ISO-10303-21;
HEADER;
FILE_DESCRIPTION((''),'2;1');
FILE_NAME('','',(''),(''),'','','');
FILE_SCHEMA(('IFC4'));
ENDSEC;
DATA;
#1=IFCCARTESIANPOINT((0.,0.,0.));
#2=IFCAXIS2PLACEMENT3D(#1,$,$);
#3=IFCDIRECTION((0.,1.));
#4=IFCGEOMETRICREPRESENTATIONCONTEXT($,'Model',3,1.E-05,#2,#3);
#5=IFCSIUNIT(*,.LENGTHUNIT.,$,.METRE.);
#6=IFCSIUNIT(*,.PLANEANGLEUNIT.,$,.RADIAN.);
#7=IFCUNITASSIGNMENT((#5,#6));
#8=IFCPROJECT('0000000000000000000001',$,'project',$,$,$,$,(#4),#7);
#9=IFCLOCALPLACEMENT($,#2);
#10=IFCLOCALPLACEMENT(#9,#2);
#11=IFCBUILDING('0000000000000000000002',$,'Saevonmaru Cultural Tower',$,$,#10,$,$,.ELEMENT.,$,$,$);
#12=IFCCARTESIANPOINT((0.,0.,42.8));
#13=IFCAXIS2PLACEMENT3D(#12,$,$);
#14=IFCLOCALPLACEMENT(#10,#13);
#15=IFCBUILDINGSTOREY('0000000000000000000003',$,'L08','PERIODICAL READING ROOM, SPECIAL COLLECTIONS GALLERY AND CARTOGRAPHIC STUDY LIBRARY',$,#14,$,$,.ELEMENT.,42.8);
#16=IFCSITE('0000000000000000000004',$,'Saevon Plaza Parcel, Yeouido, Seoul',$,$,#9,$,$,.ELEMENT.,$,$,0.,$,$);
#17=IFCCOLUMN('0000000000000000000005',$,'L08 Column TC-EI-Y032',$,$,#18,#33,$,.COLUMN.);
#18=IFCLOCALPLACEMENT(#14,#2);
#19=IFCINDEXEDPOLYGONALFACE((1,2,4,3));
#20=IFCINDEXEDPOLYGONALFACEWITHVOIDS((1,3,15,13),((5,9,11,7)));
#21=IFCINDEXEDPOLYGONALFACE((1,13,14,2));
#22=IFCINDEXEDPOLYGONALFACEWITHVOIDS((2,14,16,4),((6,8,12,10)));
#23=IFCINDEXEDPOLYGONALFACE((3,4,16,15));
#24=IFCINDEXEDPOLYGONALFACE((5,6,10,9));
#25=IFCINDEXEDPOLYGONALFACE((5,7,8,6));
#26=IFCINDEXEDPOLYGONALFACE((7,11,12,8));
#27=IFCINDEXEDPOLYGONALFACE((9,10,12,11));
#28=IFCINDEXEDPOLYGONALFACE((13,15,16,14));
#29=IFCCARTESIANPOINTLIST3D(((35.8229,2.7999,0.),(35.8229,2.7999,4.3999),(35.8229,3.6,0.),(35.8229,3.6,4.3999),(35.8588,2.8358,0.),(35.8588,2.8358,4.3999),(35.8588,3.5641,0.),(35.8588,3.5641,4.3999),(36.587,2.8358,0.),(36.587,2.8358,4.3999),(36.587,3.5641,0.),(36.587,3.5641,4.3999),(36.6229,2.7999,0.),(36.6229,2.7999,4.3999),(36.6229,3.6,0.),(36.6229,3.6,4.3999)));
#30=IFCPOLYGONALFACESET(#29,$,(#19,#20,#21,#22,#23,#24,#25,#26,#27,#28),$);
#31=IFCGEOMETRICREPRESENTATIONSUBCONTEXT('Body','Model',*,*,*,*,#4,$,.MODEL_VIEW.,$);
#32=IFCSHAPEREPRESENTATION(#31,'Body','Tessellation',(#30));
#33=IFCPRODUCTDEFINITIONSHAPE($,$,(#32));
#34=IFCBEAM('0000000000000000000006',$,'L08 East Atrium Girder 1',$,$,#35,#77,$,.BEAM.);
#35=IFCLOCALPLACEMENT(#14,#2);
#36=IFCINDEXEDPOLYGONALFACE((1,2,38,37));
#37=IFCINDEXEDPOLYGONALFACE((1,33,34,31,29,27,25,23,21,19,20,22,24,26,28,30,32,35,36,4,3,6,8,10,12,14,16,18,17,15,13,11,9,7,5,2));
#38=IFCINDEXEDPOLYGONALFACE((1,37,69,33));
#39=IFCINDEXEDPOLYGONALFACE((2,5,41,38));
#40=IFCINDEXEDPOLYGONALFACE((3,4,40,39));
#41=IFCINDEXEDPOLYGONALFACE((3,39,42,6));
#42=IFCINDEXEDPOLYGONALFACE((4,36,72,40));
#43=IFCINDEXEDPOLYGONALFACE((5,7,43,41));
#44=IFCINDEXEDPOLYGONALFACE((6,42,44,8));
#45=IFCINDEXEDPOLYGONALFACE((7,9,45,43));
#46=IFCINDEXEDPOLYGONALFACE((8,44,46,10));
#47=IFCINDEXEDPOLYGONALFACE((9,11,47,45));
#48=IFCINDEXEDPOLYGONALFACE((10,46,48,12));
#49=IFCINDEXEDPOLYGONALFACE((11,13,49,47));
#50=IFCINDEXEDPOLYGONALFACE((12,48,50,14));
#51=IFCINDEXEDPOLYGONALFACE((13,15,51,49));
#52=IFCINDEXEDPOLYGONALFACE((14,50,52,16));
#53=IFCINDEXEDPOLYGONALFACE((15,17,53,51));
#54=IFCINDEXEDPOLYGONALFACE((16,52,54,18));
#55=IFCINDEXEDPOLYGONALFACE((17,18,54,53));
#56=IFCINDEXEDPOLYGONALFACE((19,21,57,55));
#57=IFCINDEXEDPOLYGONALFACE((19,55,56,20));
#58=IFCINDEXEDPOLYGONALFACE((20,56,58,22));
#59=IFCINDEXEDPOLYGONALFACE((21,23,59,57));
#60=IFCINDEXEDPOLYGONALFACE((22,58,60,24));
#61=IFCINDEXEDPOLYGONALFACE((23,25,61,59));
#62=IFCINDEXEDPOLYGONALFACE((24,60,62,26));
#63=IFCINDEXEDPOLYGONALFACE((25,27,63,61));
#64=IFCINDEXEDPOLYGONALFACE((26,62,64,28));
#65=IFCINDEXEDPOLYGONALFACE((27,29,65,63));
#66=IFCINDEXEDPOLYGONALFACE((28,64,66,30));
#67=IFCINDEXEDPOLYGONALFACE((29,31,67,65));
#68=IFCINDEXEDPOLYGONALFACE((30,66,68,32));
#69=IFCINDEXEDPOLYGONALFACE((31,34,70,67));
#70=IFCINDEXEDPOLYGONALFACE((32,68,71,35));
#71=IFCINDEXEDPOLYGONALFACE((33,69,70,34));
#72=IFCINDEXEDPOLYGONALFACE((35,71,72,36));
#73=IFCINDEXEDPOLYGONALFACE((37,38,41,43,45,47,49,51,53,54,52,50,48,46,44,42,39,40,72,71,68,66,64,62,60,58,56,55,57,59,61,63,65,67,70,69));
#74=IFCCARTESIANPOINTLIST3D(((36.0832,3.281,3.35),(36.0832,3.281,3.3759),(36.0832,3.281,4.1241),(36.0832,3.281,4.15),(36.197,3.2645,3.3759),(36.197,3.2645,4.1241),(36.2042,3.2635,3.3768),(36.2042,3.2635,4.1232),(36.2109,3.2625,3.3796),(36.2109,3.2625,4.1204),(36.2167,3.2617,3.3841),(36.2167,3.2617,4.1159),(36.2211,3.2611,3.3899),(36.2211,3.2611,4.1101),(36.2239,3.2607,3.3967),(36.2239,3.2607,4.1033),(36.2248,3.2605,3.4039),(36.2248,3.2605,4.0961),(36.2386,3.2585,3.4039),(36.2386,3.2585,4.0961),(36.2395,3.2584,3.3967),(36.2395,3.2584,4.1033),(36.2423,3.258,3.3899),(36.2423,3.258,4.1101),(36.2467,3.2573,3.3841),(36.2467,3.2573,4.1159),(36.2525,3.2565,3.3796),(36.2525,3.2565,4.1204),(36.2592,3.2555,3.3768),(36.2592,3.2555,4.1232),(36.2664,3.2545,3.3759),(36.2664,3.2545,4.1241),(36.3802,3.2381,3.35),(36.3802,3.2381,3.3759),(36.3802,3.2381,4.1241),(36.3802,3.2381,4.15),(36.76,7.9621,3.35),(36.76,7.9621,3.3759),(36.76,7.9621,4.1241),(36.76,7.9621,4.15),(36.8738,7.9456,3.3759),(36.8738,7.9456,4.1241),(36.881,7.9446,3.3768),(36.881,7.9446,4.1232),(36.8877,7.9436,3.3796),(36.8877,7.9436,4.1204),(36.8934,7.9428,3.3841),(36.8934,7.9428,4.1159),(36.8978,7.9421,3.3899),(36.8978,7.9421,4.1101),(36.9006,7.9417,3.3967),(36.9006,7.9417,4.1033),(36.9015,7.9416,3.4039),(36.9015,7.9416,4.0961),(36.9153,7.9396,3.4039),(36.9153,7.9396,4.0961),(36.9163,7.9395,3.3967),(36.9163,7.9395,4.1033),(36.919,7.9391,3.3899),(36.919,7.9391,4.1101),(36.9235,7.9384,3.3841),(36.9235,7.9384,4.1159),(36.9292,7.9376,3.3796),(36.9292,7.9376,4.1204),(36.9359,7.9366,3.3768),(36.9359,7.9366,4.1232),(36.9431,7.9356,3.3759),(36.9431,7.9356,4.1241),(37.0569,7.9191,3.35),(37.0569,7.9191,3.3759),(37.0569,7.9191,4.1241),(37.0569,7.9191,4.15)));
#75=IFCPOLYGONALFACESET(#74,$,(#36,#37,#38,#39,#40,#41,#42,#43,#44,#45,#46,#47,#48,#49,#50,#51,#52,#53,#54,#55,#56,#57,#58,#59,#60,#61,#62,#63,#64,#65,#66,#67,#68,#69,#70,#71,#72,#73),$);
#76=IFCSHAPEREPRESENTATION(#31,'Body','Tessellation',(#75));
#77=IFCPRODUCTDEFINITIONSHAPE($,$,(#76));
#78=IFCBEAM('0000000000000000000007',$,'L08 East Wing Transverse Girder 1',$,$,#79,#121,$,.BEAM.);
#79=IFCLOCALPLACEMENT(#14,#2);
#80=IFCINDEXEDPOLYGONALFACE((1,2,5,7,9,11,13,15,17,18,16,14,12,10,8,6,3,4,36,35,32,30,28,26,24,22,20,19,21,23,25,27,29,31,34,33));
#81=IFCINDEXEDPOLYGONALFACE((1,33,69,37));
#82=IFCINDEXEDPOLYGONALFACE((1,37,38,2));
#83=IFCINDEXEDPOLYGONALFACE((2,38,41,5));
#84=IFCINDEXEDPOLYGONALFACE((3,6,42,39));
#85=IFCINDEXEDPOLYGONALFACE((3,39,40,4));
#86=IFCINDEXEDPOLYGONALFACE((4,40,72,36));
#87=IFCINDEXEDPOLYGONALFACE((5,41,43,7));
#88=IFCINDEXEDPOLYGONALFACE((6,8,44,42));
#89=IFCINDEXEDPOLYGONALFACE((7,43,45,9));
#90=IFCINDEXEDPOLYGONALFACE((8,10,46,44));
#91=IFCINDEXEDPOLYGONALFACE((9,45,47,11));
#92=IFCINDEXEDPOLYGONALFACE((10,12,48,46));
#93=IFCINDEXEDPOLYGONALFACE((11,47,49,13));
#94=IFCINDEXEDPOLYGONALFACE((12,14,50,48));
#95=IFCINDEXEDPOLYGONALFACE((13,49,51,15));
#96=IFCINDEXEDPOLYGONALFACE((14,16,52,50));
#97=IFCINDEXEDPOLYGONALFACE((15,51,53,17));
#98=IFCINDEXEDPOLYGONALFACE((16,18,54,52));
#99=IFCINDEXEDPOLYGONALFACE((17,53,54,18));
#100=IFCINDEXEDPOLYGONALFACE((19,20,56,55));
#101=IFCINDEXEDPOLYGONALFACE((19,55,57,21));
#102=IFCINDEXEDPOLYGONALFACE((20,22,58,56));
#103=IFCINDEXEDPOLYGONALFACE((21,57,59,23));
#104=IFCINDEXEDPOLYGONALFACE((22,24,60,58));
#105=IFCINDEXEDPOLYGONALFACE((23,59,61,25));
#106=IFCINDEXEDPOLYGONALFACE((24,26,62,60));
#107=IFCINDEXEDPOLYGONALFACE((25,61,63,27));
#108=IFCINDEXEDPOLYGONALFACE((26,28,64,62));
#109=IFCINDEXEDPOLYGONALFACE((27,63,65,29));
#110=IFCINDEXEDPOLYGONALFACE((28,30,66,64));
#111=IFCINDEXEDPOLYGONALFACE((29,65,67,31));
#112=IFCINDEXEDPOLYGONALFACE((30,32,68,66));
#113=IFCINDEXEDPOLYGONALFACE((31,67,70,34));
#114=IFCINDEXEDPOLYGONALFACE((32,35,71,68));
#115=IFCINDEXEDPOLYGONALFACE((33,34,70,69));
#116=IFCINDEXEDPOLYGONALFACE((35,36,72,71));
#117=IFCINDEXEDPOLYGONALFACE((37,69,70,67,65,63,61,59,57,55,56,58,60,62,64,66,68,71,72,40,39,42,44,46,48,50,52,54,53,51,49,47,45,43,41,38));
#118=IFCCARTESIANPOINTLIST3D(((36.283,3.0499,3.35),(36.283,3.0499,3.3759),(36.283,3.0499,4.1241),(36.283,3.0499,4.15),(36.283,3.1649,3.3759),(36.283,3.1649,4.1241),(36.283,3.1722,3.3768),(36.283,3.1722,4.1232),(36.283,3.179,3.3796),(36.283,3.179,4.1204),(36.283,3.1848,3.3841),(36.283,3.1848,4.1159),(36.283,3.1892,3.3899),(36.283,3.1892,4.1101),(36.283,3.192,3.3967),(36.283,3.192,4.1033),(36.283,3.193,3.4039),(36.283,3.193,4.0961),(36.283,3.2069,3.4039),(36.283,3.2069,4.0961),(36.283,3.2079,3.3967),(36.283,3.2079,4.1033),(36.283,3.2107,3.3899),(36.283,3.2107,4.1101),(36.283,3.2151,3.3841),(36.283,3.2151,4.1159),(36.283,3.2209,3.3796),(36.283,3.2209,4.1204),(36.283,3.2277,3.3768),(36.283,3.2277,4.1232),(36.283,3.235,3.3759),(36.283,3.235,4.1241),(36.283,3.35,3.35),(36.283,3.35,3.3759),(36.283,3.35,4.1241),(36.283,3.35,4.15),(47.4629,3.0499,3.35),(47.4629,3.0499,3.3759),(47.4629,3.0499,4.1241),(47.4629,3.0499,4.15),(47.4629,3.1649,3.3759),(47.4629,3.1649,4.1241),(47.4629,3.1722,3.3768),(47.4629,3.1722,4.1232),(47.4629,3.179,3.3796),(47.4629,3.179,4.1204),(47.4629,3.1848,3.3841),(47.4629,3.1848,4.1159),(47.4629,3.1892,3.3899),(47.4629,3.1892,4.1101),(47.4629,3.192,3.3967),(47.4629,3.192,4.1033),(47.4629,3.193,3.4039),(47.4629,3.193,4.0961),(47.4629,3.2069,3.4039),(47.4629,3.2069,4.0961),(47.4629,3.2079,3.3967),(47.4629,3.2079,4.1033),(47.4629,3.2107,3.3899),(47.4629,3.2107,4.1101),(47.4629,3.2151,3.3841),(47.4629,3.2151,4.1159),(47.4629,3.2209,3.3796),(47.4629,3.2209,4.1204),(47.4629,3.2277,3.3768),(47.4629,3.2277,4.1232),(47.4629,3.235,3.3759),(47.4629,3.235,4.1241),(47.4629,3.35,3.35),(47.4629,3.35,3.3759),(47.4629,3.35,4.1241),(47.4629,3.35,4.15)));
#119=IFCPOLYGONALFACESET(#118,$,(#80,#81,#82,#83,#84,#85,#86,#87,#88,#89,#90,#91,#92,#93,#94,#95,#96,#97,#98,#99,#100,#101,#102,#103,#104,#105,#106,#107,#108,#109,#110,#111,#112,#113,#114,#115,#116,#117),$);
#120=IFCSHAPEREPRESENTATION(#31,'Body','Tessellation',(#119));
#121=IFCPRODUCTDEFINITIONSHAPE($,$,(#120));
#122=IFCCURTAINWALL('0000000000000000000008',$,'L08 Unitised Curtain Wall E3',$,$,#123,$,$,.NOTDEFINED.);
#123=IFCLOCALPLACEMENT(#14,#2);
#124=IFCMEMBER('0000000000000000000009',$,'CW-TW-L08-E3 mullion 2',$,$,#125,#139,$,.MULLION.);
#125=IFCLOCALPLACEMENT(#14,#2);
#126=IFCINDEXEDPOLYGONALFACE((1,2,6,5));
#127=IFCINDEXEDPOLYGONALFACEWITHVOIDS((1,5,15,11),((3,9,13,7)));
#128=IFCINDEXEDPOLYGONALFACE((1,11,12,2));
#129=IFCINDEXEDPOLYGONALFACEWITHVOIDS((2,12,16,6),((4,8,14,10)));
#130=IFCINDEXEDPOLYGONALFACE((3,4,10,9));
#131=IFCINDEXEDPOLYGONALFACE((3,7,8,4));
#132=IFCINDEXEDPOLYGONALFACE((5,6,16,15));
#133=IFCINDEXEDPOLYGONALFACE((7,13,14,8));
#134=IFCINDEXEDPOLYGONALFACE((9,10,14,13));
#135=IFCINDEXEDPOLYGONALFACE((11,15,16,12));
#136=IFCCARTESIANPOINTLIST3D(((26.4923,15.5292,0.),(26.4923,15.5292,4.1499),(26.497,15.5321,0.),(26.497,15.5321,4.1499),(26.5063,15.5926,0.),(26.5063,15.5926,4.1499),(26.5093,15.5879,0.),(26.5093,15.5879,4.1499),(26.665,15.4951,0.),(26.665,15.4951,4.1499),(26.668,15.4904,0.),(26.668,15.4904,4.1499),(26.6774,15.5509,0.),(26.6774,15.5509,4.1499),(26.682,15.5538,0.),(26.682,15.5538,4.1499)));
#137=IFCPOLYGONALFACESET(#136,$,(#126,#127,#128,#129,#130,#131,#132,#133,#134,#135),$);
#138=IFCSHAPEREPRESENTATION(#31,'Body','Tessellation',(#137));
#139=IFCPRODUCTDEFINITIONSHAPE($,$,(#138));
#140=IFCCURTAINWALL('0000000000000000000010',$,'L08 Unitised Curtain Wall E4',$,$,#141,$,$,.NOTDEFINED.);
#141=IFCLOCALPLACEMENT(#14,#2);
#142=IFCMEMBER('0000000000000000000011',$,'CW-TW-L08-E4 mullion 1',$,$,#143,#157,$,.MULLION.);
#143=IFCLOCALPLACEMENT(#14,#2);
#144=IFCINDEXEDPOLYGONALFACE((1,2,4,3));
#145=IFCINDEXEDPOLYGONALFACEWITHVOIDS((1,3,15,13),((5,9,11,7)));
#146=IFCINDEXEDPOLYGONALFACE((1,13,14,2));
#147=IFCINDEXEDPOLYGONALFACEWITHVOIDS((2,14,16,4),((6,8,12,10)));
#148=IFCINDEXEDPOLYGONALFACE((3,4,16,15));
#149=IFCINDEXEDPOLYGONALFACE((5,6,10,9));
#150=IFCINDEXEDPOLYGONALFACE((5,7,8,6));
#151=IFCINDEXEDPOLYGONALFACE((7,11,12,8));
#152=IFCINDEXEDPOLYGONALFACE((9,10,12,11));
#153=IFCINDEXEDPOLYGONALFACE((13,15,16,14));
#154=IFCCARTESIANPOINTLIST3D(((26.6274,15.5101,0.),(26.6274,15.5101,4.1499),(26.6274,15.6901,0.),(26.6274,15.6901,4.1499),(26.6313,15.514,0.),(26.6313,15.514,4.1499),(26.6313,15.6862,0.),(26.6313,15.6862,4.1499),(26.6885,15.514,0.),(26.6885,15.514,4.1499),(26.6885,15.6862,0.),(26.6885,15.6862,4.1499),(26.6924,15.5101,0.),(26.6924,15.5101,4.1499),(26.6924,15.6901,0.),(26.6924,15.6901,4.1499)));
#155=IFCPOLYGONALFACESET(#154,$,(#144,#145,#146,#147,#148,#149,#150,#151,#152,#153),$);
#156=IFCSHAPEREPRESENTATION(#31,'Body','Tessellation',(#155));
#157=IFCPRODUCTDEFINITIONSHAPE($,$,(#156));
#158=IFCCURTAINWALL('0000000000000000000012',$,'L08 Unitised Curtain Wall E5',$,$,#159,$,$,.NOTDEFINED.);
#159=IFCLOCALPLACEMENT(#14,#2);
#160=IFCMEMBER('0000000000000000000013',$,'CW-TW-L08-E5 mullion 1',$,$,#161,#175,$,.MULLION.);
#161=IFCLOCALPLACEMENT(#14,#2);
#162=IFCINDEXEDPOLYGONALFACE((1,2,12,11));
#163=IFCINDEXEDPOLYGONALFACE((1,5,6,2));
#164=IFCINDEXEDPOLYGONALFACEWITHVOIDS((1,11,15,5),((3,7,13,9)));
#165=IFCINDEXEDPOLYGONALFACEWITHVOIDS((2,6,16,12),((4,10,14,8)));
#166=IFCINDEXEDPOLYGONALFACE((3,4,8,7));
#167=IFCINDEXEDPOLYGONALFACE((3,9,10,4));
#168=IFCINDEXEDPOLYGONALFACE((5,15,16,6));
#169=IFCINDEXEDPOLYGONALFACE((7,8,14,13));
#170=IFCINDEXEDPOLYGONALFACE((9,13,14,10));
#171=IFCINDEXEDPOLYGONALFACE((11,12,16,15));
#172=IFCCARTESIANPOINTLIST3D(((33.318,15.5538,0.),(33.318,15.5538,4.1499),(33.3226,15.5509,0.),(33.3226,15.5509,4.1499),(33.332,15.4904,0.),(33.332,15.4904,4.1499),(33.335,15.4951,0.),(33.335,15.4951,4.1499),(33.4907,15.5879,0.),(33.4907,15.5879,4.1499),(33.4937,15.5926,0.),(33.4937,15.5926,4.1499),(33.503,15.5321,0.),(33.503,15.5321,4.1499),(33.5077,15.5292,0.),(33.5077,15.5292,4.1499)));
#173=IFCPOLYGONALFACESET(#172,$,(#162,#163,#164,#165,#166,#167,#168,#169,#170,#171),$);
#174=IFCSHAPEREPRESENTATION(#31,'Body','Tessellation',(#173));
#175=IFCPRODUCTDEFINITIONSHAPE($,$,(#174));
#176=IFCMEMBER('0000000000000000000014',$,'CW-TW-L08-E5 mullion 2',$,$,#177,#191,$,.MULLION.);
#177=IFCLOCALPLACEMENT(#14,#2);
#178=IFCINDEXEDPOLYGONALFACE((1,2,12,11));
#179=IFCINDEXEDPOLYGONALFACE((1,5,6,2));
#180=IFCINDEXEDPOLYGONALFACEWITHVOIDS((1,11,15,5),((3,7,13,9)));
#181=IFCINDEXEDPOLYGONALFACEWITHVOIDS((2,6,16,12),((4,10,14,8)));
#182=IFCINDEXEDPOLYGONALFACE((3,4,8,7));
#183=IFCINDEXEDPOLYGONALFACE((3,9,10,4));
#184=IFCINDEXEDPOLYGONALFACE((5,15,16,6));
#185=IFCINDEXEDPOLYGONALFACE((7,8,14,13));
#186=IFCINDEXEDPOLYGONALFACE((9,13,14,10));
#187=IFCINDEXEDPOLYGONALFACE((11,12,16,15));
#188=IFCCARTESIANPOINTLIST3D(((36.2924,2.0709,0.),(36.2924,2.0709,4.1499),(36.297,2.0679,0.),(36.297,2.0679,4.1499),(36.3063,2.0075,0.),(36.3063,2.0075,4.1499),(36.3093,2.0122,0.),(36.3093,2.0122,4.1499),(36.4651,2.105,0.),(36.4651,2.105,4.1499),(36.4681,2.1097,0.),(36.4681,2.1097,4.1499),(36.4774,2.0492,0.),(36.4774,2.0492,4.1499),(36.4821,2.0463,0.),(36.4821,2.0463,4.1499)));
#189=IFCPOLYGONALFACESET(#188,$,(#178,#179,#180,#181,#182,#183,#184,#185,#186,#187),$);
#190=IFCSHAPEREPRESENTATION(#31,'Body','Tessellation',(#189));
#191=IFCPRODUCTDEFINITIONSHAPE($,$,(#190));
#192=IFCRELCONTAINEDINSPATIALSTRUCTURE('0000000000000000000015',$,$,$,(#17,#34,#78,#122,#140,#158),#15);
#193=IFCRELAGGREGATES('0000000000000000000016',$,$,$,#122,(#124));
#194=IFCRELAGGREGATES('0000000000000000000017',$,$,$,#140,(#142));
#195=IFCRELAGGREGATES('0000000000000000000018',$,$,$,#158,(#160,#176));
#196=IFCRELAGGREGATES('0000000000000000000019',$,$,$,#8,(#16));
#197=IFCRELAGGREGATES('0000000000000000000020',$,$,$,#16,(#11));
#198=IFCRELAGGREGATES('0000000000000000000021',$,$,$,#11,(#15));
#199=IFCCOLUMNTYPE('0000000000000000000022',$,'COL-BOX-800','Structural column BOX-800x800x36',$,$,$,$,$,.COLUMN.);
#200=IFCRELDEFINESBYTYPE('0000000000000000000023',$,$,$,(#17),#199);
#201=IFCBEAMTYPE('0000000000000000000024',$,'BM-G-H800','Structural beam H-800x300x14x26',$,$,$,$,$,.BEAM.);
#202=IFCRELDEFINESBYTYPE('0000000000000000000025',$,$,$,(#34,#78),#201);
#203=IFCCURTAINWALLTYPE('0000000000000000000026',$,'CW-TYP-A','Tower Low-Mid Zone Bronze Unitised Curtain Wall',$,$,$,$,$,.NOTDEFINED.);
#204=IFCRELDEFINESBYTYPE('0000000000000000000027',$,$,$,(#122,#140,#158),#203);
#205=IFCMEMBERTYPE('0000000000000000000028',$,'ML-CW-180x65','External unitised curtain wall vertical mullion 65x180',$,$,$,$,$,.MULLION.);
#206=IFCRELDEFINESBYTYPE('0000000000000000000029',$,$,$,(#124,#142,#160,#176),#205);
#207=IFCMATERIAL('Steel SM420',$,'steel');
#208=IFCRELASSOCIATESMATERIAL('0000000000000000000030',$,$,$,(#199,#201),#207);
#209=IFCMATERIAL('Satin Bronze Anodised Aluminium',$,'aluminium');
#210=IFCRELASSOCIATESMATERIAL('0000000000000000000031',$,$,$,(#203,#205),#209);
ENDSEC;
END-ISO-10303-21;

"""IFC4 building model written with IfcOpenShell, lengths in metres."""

from ifc_helpers import new_model, si_unit, direction, frame, origin, origin_2d, place, context, subcontext, project, spatial, hollow_rectangle, i_section, extrude, material, material_profile, profile_set, type_object, element, aggregate, save


model = new_model("IFC4")

# Units and contexts
model_context = context("Model", 3, precision=1e-05, world=origin(), true_north=direction((0.0, 1.0)))
body_context = subcontext(model_context, "Body", "Model", "MODEL_VIEW")
ifc_project = project(units=[si_unit("LENGTHUNIT", "METRE"), si_unit("PLANEANGLEUNIT", "RADIAN")], contexts=[model_context])

# Site, building, storey
site_placement = place(None, origin())
site = spatial("IfcSite", under=ifc_project, at=site_placement, Name="Saevon Plaza Parcel, Yeouido, Seoul", CompositionType="ELEMENT", RefElevation=0.0)
building_placement = place(site_placement, origin())
building = spatial("IfcBuilding", under=site, at=building_placement, Name="Saevonmaru Cultural Tower", CompositionType="ELEMENT")
storey_placement = place(building_placement, frame((0.0, 0.0, 42.8)))
storey = spatial("IfcBuildingStorey", under=building, at=storey_placement, Name="L08", Description="PERIODICAL READING ROOM, SPECIAL COLLECTIONS GALLERY AND CARTOGRAPHIC STUDY LIBRARY", CompositionType="ELEMENT", Elevation=42.8)

# Column
ifc_material_1 = material(Name="Steel SM420", Category="steel")
ifc_material_profile_1 = material_profile(ifc_material_1, hollow_rectangle(XDim=0.8, YDim=0.8, WallThickness=0.0359, at=origin_2d()), Name="BOX-800x800x36")
ifc_profile_set_1 = profile_set([ifc_material_profile_1], Name="Steel SM420")
column_type = type_object("IfcColumnType", Name="COL-BOX-800", Description="Structural column BOX-800x800x36", PredefinedType="COLUMN", material=ifc_profile_set_1)
column_placement = place(storey_placement, frame((36.2229, 3.2, 0.0), z_axis=(0.0, 0.0, 1.0), x_axis=(1.0, 0.0, 0.0)))
element("IfcColumn", 1, at=column_placement, inside=storey, type_object=column_type, Name="L08 Column TC-EI-Y032", PredefinedType="COLUMN", context=body_context, shape_type="SweptSolid", body=[
    extrude(hollow_rectangle(XDim=0.8, YDim=0.8, WallThickness=0.0359, at=origin_2d()), origin(), (0.0, 0.0, 1.0), 4.3999),
])

# Beams
ifc_material_profile_2 = material_profile(ifc_material_1, i_section(OverallWidth=0.3, OverallDepth=0.8, WebThickness=0.0139, FlangeThickness=0.0259, FilletRadius=0.0281, at=origin_2d()), Name="H-800x300x14x26")
ifc_profile_set_2 = profile_set([ifc_material_profile_2], Name="Steel SM420")
beam_type = type_object("IfcBeamType", Name="BM-G-H800", Description="Structural beam H-800x300x14x26", PredefinedType="BEAM", material=ifc_profile_set_2)
beam_1_placement = place(storey_placement, frame((36.2317, 3.2595, 3.75), z_axis=(0.143083, 0.989711, 0.0), x_axis=(-0.989711, 0.143083, 0.0)))
element("IfcBeam", 2, at=beam_1_placement, inside=storey, type_object=beam_type, Name="L08 East Atrium Girder 1", PredefinedType="BEAM", context=body_context, shape_type="SweptSolid", body=[
    extrude(i_section(OverallWidth=0.3, OverallDepth=0.8, WebThickness=0.0139, FlangeThickness=0.0259, FilletRadius=0.0281, at=origin_2d()), origin(), (0.0, 0.0, 1.0), 4.7297),
])
beam_2_placement = place(storey_placement, frame((36.283, 3.2, 3.75), z_axis=(1.0, 0.0, 0.0), x_axis=(0.0, 1.0, 0.0)))
element("IfcBeam", 3, at=beam_2_placement, inside=storey, type_object=beam_type, Name="L08 East Wing Transverse Girder 1", PredefinedType="BEAM", context=body_context, shape_type="SweptSolid", body=[
    extrude(i_section(OverallWidth=0.3, OverallDepth=0.8, WebThickness=0.0139, FlangeThickness=0.0259, FilletRadius=0.0281, at=origin_2d()), origin(), (0.0, 0.0, 1.0), 11.1799),
])

# Curtain walls, members
ifc_material_2 = material(Name="Satin Bronze Anodised Aluminium", Category="aluminium")
curtain_wall_type = type_object("IfcCurtainWallType", Name="CW-TYP-A", Description="Tower Low-Mid Zone Bronze Unitised Curtain Wall", PredefinedType="NOTDEFINED", material=ifc_material_2)
curtain_wall_1_placement = place(storey_placement, origin())
curtain_wall_1 = element("IfcCurtainWall", 4, at=curtain_wall_1_placement, inside=storey, type_object=curtain_wall_type, Name="L08 Unitised Curtain Wall E3", PredefinedType="NOTDEFINED")
ifc_material_profile_3 = material_profile(ifc_material_2, hollow_rectangle(XDim=0.0649, YDim=0.1799, WallThickness=0.0039, at=origin_2d()), Name="ALU-MULL-180x65x4")
ifc_profile_set_3 = profile_set([ifc_material_profile_3], Name="Satin Bronze Anodised Aluminium")
member_type_1 = type_object("IfcMemberType", Name="ML-CW-180x65", Description="External unitised curtain wall vertical mullion 65x180", PredefinedType="MULLION", material=ifc_profile_set_3)
member_1_placement = place(storey_placement, frame((26.5872, 15.5415, 0.0), z_axis=(0.0, 0.0, 1.0), x_axis=(0.215413, 0.976523, 0.0)))
member_1 = element("IfcMember", 5, at=member_1_placement, type_object=member_type_1, Name="CW-TW-L08-E3 mullion 2", PredefinedType="MULLION", context=body_context, shape_type="SweptSolid", body=[
    extrude(hollow_rectangle(XDim=0.0649, YDim=0.1799, WallThickness=0.0039, at=origin_2d()), origin(), (0.0, 0.0, 1.0), 4.1499),
])
aggregate(curtain_wall_1, [member_1])
curtain_wall_2_placement = place(storey_placement, origin())
curtain_wall_2 = element("IfcCurtainWall", 6, at=curtain_wall_2_placement, inside=storey, type_object=curtain_wall_type, Name="L08 Unitised Curtain Wall E4", PredefinedType="NOTDEFINED")
member_2_placement = place(storey_placement, frame((26.6599, 15.6001, 0.0), z_axis=(0.0, 0.0, 1.0), x_axis=(1.0, 0.0, 0.0)))
member_2 = element("IfcMember", 7, at=member_2_placement, type_object=member_type_1, Name="CW-TW-L08-E4 mullion 1", PredefinedType="MULLION", context=body_context, shape_type="SweptSolid", body=[
    extrude(hollow_rectangle(XDim=0.0649, YDim=0.1799, WallThickness=0.0039, at=origin_2d()), origin(), (0.0, 0.0, 1.0), 4.1499),
])

# Curtain wall, members
curtain_wall_3_placement = place(storey_placement, origin())
curtain_wall_3 = element("IfcCurtainWall", 8, at=curtain_wall_3_placement, inside=storey, type_object=curtain_wall_type, Name="L08 Unitised Curtain Wall E5", PredefinedType="NOTDEFINED")
member_3_placement = place(storey_placement, frame((33.4128, 15.5415, 0.0), z_axis=(0.0, 0.0, 1.0), x_axis=(0.215413, -0.976523, 0.0)))
member_3 = element("IfcMember", 9, at=member_3_placement, type_object=member_type_1, Name="CW-TW-L08-E5 mullion 1", PredefinedType="MULLION", context=body_context, shape_type="SweptSolid", body=[
    extrude(hollow_rectangle(XDim=0.0649, YDim=0.1799, WallThickness=0.0039, at=origin_2d()), origin(), (0.0, 0.0, 1.0), 4.1499),
])
member_4_placement = place(storey_placement, frame((36.3872, 2.0586, 0.0), z_axis=(0.0, 0.0, 1.0), x_axis=(0.215413, -0.976523, 0.0)))
member_4 = element("IfcMember", 10, at=member_4_placement, type_object=member_type_1, Name="CW-TW-L08-E5 mullion 2", PredefinedType="MULLION", context=body_context, shape_type="SweptSolid", body=[
    extrude(hollow_rectangle(XDim=0.0649, YDim=0.1799, WallThickness=0.0039, at=origin_2d()), origin(), (0.0, 0.0, 1.0), 4.1499),
])

aggregate(curtain_wall_2, [member_2])

aggregate(curtain_wall_3, [member_3, member_4])

save(model, "model.ifc")
